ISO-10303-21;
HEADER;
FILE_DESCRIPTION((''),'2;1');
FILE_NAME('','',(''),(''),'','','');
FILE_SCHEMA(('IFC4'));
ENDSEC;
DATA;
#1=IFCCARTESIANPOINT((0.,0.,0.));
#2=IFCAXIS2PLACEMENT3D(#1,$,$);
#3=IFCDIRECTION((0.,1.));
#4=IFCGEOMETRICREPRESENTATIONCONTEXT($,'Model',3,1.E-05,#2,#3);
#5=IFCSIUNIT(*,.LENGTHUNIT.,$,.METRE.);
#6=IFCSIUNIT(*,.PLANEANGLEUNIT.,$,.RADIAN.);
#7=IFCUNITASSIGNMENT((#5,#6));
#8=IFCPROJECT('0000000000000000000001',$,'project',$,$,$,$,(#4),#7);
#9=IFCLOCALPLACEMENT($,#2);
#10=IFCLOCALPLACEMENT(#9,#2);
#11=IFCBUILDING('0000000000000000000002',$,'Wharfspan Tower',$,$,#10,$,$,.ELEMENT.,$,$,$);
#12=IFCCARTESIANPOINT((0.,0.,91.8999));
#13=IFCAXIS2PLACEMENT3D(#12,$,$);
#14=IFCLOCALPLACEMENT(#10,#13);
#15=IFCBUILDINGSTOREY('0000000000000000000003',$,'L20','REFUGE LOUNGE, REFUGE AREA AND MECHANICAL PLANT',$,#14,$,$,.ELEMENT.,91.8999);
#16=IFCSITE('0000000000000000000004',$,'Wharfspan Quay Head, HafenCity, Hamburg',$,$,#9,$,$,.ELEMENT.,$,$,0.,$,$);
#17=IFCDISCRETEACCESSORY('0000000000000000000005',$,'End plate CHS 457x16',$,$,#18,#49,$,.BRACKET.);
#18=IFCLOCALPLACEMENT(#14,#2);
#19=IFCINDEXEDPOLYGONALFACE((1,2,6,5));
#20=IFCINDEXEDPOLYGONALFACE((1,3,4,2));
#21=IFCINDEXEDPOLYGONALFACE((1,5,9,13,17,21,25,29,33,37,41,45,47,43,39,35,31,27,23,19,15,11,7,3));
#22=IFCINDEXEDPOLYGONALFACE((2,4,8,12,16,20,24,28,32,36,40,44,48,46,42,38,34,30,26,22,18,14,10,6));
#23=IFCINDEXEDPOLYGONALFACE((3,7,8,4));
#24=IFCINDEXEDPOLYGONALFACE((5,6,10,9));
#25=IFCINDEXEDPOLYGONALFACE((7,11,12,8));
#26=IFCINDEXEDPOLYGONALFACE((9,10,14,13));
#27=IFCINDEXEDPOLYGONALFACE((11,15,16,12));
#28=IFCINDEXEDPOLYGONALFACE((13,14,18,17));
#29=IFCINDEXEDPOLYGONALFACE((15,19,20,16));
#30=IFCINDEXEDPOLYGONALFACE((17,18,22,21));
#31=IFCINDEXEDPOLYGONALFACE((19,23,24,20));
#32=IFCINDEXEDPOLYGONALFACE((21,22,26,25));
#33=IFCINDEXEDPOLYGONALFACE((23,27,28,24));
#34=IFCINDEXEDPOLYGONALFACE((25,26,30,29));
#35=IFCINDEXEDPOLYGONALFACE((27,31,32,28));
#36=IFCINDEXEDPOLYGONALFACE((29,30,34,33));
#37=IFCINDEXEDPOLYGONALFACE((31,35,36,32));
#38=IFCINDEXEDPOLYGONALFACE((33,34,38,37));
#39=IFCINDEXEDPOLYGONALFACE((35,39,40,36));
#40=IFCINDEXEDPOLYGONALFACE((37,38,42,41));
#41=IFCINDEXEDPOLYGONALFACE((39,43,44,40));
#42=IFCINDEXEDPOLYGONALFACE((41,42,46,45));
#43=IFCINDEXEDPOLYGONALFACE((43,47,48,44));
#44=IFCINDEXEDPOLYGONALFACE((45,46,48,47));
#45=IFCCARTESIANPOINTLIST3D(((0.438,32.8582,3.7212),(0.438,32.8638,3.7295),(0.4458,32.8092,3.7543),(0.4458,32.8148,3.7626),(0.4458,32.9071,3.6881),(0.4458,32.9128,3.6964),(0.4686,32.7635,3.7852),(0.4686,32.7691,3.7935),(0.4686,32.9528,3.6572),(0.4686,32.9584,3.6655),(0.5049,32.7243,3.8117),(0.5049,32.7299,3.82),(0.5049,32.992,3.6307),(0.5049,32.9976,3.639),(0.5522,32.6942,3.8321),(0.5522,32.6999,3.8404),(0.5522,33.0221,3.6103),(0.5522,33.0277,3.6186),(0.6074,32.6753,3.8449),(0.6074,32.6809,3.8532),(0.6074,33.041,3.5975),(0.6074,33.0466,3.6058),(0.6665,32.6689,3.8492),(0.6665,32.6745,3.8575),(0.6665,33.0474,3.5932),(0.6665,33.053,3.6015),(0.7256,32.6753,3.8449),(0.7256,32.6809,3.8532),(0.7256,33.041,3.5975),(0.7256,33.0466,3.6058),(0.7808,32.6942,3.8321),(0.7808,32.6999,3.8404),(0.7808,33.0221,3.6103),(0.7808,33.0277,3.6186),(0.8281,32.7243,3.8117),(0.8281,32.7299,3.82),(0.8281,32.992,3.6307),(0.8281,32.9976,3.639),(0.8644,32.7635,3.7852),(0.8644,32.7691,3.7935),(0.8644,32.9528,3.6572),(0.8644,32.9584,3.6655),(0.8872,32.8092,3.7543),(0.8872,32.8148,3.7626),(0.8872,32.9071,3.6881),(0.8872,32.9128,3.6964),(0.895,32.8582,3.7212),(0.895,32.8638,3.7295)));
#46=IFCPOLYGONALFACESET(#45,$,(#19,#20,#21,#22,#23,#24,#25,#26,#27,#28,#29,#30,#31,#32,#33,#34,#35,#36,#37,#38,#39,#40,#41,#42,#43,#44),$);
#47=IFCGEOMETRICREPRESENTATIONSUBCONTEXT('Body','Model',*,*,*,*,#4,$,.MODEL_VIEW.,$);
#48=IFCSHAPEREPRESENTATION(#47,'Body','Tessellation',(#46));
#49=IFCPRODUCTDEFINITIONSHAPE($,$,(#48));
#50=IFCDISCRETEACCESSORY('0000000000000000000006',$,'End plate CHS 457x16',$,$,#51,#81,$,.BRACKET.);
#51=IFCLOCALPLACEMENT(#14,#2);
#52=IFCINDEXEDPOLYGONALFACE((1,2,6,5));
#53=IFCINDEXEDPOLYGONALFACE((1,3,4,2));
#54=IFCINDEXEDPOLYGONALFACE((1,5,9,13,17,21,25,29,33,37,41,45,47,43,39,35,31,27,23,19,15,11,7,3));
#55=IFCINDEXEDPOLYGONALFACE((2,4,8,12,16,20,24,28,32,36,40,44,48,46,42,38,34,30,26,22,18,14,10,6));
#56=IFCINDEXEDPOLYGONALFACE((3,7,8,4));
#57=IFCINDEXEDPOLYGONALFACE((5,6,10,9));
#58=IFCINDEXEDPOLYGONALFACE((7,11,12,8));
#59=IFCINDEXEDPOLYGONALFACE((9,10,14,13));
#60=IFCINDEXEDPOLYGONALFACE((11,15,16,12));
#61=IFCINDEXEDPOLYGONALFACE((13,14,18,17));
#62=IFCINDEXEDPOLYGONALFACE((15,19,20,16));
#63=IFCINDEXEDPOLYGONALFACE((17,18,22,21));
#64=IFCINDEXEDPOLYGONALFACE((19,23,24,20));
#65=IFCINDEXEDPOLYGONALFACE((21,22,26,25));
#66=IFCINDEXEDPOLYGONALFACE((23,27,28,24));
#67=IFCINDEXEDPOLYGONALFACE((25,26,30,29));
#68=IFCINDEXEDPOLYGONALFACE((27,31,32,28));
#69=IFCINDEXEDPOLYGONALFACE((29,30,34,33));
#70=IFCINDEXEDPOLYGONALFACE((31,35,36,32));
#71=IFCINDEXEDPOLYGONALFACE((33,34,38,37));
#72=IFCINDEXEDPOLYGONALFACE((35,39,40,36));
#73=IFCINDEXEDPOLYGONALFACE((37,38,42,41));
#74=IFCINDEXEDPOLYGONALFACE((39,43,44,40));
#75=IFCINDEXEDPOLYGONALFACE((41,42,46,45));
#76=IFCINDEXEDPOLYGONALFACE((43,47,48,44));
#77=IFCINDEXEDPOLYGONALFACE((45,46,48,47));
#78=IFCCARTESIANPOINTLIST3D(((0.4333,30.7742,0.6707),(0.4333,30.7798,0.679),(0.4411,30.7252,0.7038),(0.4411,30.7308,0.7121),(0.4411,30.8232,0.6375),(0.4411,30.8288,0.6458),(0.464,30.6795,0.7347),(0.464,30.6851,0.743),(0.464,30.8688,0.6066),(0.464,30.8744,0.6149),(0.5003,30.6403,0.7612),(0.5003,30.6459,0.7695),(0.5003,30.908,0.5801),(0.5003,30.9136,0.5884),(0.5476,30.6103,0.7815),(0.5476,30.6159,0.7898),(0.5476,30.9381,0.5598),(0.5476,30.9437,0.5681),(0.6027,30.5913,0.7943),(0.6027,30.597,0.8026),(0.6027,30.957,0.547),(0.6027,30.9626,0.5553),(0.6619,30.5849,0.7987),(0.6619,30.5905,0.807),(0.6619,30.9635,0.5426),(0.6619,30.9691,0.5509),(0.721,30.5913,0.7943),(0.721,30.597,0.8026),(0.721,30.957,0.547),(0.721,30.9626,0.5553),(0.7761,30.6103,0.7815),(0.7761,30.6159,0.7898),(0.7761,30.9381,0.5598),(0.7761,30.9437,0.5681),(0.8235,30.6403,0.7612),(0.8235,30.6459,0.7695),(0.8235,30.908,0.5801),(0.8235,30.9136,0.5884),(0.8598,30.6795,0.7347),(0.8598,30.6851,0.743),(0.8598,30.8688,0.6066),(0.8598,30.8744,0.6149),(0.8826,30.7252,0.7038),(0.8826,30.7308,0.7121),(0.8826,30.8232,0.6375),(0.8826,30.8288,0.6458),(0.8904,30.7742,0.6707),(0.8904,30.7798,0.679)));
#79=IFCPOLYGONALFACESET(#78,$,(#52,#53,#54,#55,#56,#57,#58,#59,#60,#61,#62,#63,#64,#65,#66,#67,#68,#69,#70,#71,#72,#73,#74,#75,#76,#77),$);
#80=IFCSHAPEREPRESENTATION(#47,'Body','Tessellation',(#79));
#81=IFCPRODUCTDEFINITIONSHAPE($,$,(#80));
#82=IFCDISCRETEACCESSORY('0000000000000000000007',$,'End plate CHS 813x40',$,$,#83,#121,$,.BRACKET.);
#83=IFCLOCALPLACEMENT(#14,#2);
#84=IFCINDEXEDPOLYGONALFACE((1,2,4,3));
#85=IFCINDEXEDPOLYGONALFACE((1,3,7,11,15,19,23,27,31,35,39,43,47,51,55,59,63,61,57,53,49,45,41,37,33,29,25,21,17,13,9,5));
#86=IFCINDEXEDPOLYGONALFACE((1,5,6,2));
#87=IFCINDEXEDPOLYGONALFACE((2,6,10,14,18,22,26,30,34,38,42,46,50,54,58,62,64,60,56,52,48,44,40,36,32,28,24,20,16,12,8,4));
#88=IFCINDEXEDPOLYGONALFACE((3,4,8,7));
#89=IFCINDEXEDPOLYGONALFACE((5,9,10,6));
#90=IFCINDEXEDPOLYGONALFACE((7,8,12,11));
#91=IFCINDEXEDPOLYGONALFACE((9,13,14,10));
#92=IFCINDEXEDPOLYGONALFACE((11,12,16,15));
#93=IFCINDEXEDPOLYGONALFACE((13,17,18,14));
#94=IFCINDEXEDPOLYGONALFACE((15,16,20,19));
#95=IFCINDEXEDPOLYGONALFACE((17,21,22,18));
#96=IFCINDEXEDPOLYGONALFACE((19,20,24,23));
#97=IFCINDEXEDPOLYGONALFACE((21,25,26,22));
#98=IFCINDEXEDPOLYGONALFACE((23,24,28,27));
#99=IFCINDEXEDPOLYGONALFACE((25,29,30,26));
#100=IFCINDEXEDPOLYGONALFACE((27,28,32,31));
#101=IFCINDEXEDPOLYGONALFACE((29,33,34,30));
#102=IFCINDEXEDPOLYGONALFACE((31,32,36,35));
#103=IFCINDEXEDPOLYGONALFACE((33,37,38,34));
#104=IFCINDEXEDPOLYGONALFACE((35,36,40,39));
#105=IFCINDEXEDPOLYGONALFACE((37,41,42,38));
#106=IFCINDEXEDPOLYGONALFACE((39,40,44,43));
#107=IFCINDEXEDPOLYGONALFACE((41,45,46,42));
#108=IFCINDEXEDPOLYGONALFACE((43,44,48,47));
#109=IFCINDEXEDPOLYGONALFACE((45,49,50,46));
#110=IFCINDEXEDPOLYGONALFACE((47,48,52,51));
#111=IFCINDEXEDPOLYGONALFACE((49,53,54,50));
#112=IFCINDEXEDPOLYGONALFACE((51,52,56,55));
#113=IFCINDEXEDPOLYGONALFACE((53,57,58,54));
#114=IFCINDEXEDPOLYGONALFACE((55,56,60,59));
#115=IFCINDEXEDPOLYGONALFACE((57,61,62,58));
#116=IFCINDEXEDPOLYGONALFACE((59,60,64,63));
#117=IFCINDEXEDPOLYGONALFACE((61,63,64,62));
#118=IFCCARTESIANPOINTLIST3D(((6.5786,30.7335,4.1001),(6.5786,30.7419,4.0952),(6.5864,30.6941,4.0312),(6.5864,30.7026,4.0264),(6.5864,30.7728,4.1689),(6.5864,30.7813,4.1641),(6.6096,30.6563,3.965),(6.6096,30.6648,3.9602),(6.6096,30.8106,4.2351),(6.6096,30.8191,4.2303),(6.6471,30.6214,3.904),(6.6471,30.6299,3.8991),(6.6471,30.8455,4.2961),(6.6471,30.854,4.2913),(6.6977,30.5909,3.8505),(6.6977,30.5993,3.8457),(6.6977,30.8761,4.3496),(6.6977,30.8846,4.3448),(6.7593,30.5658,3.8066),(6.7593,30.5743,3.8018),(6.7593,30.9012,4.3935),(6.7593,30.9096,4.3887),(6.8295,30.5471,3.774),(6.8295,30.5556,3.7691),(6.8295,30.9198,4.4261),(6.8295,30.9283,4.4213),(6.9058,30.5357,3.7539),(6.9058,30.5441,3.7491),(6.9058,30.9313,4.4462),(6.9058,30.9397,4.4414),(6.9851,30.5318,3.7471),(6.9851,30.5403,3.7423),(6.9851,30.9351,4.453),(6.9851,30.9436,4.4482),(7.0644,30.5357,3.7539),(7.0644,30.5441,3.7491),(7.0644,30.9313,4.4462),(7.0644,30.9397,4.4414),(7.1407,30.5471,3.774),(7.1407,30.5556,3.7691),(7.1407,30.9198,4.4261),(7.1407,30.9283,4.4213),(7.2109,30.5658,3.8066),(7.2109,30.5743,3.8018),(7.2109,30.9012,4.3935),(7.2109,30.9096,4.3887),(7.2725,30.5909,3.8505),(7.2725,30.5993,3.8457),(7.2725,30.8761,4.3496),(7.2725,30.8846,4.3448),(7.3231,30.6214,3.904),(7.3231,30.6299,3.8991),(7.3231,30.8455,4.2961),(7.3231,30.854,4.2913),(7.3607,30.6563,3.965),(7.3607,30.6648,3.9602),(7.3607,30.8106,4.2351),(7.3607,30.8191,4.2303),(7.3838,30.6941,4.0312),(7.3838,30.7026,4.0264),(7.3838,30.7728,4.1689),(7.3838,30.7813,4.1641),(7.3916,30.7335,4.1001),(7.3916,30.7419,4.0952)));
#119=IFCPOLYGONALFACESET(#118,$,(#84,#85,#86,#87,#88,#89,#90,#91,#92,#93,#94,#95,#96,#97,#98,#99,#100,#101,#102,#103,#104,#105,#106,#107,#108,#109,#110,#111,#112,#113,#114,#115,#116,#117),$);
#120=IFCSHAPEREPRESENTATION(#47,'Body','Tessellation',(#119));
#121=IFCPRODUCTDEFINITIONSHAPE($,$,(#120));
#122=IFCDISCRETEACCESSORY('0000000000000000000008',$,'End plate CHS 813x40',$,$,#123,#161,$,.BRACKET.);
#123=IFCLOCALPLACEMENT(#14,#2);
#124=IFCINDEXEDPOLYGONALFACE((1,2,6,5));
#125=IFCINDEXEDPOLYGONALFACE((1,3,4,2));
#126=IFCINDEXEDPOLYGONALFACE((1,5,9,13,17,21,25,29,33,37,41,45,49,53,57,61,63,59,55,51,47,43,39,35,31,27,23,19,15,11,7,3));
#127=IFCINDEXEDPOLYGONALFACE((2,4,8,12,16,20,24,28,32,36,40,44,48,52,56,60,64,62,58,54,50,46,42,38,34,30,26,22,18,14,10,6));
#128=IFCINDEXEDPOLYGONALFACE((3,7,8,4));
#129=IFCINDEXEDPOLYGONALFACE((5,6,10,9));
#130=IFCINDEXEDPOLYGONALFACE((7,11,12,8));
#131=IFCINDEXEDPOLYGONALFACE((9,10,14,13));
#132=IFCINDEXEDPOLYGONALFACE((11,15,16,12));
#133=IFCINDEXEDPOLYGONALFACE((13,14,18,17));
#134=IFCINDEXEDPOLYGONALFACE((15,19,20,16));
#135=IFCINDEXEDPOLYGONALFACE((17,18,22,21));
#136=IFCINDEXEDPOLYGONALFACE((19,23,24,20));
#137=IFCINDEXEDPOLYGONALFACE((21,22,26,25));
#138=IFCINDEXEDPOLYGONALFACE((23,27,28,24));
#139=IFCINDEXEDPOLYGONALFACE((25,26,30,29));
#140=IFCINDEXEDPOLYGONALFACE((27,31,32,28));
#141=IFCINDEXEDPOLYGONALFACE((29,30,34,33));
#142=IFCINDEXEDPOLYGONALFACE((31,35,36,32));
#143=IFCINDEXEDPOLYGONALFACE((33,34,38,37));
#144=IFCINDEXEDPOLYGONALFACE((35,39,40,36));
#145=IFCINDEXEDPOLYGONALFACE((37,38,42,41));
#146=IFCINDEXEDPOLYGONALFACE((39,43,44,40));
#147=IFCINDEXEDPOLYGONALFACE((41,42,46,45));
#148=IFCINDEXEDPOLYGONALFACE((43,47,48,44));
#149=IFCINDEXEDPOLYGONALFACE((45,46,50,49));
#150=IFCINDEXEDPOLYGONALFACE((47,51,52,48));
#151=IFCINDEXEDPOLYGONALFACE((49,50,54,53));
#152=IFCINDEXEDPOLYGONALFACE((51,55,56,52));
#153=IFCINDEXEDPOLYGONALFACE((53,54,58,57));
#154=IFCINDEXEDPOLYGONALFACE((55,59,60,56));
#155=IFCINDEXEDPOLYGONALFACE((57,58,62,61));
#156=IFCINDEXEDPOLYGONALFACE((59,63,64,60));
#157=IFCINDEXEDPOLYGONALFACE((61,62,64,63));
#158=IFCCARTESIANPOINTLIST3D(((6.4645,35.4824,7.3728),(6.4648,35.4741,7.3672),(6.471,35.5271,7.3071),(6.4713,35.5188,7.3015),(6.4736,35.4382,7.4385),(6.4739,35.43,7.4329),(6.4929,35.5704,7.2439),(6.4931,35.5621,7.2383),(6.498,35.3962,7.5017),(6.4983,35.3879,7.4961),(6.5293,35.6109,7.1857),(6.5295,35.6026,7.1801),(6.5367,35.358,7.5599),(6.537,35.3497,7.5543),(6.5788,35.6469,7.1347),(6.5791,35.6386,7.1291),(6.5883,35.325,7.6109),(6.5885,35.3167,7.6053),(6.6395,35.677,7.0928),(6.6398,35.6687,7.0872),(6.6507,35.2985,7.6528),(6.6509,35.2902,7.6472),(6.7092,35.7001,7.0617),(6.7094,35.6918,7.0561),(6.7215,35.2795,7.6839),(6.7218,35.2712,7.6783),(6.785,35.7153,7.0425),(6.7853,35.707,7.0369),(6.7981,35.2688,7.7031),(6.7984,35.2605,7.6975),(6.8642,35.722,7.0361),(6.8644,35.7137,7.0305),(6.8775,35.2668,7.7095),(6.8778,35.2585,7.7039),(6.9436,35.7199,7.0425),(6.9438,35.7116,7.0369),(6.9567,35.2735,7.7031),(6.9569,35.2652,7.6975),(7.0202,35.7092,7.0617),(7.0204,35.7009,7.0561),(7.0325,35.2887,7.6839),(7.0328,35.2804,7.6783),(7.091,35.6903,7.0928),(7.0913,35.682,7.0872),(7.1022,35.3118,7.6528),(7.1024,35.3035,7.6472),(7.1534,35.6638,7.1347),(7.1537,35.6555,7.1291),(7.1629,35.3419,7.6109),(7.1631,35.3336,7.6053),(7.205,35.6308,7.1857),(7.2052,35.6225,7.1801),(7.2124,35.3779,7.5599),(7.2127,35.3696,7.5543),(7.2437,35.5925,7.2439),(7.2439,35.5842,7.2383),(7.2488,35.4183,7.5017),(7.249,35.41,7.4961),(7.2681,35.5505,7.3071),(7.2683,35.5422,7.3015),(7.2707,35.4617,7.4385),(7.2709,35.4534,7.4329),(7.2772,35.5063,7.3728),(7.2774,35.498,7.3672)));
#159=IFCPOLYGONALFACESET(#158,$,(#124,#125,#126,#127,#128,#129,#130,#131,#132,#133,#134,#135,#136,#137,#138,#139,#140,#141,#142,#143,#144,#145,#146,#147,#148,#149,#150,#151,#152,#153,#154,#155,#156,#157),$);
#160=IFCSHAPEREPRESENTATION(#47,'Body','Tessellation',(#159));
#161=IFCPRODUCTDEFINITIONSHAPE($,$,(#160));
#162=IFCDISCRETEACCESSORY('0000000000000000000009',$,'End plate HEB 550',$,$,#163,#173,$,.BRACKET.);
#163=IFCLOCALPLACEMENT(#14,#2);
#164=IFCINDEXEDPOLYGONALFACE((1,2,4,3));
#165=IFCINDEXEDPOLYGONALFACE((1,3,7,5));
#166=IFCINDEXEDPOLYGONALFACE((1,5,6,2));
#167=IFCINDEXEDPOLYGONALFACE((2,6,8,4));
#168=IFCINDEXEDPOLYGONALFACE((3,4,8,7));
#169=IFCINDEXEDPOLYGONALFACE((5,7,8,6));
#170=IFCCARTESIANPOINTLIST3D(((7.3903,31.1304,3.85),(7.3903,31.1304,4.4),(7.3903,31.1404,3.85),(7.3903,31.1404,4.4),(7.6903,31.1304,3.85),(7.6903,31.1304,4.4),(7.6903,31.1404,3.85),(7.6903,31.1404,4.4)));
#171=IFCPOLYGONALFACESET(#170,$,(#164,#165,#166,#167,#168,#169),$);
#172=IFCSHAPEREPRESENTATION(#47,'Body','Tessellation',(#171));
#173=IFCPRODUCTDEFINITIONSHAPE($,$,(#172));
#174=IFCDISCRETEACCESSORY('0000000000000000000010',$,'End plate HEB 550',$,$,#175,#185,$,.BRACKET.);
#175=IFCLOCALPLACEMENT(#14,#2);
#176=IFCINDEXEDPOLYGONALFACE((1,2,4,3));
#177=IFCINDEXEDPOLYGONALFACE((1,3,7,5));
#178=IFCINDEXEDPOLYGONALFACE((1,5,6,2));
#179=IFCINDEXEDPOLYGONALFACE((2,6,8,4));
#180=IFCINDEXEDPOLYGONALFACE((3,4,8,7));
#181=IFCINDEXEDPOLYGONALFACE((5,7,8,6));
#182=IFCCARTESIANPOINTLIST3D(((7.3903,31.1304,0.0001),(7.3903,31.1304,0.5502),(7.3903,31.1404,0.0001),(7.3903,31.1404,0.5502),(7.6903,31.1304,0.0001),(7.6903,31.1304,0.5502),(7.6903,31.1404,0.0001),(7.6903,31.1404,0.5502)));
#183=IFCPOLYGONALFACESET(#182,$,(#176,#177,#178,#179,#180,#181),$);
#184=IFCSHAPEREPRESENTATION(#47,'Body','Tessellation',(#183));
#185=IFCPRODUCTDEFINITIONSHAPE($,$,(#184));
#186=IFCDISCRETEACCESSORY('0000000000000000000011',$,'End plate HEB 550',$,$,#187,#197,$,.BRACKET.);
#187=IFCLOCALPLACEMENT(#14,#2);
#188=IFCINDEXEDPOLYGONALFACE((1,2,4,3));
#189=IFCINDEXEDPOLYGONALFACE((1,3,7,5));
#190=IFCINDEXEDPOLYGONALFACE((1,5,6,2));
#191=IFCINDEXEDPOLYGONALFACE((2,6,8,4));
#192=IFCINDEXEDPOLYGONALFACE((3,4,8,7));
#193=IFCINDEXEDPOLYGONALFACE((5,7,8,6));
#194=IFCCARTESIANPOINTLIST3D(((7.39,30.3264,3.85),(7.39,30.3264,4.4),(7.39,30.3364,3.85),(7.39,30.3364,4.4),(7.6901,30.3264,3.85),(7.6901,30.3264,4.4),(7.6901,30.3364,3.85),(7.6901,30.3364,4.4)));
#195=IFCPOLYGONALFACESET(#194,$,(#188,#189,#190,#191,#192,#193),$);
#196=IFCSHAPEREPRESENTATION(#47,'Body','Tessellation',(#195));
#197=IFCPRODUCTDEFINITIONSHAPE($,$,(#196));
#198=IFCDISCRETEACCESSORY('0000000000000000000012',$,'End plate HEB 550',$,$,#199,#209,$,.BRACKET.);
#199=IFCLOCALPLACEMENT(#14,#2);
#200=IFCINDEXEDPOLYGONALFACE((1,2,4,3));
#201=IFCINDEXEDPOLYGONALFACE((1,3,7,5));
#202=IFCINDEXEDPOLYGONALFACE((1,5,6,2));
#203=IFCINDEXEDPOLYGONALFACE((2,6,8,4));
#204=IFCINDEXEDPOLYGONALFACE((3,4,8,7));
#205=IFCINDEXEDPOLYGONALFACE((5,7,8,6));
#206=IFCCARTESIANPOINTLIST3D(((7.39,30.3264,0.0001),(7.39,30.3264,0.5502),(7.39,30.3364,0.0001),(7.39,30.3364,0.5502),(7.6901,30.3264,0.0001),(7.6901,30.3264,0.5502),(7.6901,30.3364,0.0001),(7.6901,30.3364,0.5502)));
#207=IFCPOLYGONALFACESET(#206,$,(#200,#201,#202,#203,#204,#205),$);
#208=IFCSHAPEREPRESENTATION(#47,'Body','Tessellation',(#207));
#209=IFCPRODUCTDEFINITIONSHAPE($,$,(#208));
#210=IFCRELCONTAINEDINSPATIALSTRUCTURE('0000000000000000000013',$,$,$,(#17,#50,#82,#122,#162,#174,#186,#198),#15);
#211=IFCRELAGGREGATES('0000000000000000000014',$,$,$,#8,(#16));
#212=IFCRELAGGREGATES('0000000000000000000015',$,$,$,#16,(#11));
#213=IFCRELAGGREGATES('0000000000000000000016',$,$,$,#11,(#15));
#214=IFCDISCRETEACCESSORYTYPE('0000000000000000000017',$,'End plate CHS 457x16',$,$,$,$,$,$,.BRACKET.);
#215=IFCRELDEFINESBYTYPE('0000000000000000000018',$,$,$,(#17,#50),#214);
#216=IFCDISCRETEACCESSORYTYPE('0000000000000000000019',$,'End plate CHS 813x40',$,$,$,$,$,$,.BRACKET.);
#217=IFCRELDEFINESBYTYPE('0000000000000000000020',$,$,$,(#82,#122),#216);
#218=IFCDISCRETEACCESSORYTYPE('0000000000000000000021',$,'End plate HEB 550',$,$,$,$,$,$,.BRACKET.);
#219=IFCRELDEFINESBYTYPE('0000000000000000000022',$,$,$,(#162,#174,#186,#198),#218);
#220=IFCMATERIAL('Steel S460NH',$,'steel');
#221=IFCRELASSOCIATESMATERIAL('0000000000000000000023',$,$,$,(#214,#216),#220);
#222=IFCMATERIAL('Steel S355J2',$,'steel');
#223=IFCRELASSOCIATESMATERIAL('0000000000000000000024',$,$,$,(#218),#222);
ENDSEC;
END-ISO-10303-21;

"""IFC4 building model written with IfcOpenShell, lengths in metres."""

from ifc_helpers import new_model, si_unit, direction, frame, origin, origin_2d, place, context, subcontext, project, spatial, rectangle, circle, extrude, material, material_profile, profile_set, type_object, element, save


model = new_model("IFC4")

# Units and contexts
model_context = context("Model", 3, precision=1e-05, world=origin(), true_north=direction((0.0, 1.0)))
body_context = subcontext(model_context, "Body", "Model", "MODEL_VIEW")
ifc_project = project(units=[si_unit("LENGTHUNIT", "METRE"), si_unit("PLANEANGLEUNIT", "RADIAN")], contexts=[model_context])

# Site, building, storey
site_placement = place(None, origin())
site = spatial("IfcSite", under=ifc_project, at=site_placement, Name="Wharfspan Quay Head, HafenCity, Hamburg", CompositionType="ELEMENT", RefElevation=0.0)
building_placement = place(site_placement, origin())
building = spatial("IfcBuilding", under=site, at=building_placement, Name="Wharfspan Tower", CompositionType="ELEMENT")
storey_placement = place(building_placement, frame((0.0, 0.0, 91.8999)))
storey = spatial("IfcBuildingStorey", under=building, at=storey_placement, Name="L20", Description="REFUGE LOUNGE, REFUGE AREA AND MECHANICAL PLANT", CompositionType="ELEMENT", Elevation=91.8999)

# Shared definitions
ifc_material_1 = material(Name="Steel S355J2", Category="steel")

# Shared definitions
ifc_material_2 = material(Name="Steel S460NH", Category="steel")

# Discrete accessories
ifc_material_profile_1 = material_profile(ifc_material_2, circle(Radius=0.2285, at=origin_2d()))
ifc_profile_set_1 = profile_set([ifc_material_profile_1], Name="Steel S460NH")
discrete_accessory_type_1 = type_object("IfcDiscreteAccessoryType", Name="End plate CHS 457x16", PredefinedType="BRACKET", material=ifc_profile_set_1)
for number, where, z_axis, x_axis, name in (
    (1, (0.6665, 32.8638, 3.7295), (0.0, -0.560309, -0.828283), (1.0, 0.0, 0.0), "End plate CHS 457x16"),
    (2, (0.6619, 30.7798, 0.679), (0.0, -0.560309, -0.828283), (1.0, 0.0, 0.0), "End plate CHS 457x16"),
):
    element("IfcDiscreteAccessory", number, at=place(storey_placement, frame(where, z_axis=z_axis, x_axis=x_axis)), inside=storey, type_object=discrete_accessory_type_1, Name=name, PredefinedType="BRACKET", context=body_context, shape_type="SweptSolid", body=[
        extrude(circle(Radius=0.2285, at=origin_2d()), origin(), (0.0, 0.0, 1.0), 0.01),
    ])
ifc_material_profile_2 = material_profile(ifc_material_2, circle(Radius=0.4065, at=origin_2d()))
ifc_profile_set_2 = profile_set([ifc_material_profile_2], Name="Steel S460NH")
discrete_accessory_type_2 = type_object("IfcDiscreteAccessoryType", Name="End plate CHS 813x40", PredefinedType="BRACKET", material=ifc_profile_set_2)
discrete_accessory_1_placement = place(storey_placement, frame((6.9851, 30.7419, 4.0952), z_axis=(0.0, -0.868243, 0.496139), x_axis=(1.0, 0.0, 0.0)))
element("IfcDiscreteAccessory", 3, at=discrete_accessory_1_placement, inside=storey, type_object=discrete_accessory_type_2, Name="End plate CHS 813x40", PredefinedType="BRACKET", context=body_context, shape_type="SweptSolid", body=[
    extrude(circle(Radius=0.4065, at=origin_2d()), origin(), (0.0, 0.0, 1.0), 0.0098),
])
discrete_accessory_2_placement = place(storey_placement, frame((6.8711, 35.4861, 7.3672), z_axis=(-0.024354, 0.828038, 0.560143), x_axis=(-0.999568, -0.029399, 0.0)))
element("IfcDiscreteAccessory", 4, at=discrete_accessory_2_placement, inside=storey, type_object=discrete_accessory_type_2, Name="End plate CHS 813x40", PredefinedType="BRACKET", context=body_context, shape_type="SweptSolid", body=[
    extrude(circle(Radius=0.4065, at=origin_2d()), origin(), (0.0, 0.0, 1.0), 0.01),
])
ifc_material_profile_3 = material_profile(ifc_material_1, rectangle(XDim=0.3, YDim=0.55, at=origin_2d()))
ifc_profile_set_3 = profile_set([ifc_material_profile_3], Name="Steel S355J2")
discrete_accessory_type_3 = type_object("IfcDiscreteAccessoryType", Name="End plate HEB 550", PredefinedType="BRACKET", material=ifc_profile_set_3)
for number, where, z_axis, x_axis, name in (
    (5, (7.5403, 31.1404, 4.125), (0.0, -1.0, 0.0), (1.0, 0.0, 0.0), "End plate HEB 550"),
    (6, (7.5403, 31.1404, 0.2751), (0.0, -1.0, 0.0), (1.0, 0.0, 0.0), "End plate HEB 550"),
    (7, (7.54, 30.3364, 4.125), (0.0, -1.0, 0.0), (1.0, 0.0, 0.0), "End plate HEB 550"),
    (8, (7.54, 30.3364, 0.2751), (0.0, -1.0, 0.0), (1.0, 0.0, 0.0), "End plate HEB 550"),
):
    element("IfcDiscreteAccessory", number, at=place(storey_placement, frame(where, z_axis=z_axis, x_axis=x_axis)), inside=storey, type_object=discrete_accessory_type_3, Name=name, PredefinedType="BRACKET", context=body_context, shape_type="SweptSolid", body=[
        extrude(rectangle(XDim=0.3, YDim=0.55, at=origin_2d()), origin(), (0.0, 0.0, 1.0), 0.01),
    ])

save(model, "model.ifc")
